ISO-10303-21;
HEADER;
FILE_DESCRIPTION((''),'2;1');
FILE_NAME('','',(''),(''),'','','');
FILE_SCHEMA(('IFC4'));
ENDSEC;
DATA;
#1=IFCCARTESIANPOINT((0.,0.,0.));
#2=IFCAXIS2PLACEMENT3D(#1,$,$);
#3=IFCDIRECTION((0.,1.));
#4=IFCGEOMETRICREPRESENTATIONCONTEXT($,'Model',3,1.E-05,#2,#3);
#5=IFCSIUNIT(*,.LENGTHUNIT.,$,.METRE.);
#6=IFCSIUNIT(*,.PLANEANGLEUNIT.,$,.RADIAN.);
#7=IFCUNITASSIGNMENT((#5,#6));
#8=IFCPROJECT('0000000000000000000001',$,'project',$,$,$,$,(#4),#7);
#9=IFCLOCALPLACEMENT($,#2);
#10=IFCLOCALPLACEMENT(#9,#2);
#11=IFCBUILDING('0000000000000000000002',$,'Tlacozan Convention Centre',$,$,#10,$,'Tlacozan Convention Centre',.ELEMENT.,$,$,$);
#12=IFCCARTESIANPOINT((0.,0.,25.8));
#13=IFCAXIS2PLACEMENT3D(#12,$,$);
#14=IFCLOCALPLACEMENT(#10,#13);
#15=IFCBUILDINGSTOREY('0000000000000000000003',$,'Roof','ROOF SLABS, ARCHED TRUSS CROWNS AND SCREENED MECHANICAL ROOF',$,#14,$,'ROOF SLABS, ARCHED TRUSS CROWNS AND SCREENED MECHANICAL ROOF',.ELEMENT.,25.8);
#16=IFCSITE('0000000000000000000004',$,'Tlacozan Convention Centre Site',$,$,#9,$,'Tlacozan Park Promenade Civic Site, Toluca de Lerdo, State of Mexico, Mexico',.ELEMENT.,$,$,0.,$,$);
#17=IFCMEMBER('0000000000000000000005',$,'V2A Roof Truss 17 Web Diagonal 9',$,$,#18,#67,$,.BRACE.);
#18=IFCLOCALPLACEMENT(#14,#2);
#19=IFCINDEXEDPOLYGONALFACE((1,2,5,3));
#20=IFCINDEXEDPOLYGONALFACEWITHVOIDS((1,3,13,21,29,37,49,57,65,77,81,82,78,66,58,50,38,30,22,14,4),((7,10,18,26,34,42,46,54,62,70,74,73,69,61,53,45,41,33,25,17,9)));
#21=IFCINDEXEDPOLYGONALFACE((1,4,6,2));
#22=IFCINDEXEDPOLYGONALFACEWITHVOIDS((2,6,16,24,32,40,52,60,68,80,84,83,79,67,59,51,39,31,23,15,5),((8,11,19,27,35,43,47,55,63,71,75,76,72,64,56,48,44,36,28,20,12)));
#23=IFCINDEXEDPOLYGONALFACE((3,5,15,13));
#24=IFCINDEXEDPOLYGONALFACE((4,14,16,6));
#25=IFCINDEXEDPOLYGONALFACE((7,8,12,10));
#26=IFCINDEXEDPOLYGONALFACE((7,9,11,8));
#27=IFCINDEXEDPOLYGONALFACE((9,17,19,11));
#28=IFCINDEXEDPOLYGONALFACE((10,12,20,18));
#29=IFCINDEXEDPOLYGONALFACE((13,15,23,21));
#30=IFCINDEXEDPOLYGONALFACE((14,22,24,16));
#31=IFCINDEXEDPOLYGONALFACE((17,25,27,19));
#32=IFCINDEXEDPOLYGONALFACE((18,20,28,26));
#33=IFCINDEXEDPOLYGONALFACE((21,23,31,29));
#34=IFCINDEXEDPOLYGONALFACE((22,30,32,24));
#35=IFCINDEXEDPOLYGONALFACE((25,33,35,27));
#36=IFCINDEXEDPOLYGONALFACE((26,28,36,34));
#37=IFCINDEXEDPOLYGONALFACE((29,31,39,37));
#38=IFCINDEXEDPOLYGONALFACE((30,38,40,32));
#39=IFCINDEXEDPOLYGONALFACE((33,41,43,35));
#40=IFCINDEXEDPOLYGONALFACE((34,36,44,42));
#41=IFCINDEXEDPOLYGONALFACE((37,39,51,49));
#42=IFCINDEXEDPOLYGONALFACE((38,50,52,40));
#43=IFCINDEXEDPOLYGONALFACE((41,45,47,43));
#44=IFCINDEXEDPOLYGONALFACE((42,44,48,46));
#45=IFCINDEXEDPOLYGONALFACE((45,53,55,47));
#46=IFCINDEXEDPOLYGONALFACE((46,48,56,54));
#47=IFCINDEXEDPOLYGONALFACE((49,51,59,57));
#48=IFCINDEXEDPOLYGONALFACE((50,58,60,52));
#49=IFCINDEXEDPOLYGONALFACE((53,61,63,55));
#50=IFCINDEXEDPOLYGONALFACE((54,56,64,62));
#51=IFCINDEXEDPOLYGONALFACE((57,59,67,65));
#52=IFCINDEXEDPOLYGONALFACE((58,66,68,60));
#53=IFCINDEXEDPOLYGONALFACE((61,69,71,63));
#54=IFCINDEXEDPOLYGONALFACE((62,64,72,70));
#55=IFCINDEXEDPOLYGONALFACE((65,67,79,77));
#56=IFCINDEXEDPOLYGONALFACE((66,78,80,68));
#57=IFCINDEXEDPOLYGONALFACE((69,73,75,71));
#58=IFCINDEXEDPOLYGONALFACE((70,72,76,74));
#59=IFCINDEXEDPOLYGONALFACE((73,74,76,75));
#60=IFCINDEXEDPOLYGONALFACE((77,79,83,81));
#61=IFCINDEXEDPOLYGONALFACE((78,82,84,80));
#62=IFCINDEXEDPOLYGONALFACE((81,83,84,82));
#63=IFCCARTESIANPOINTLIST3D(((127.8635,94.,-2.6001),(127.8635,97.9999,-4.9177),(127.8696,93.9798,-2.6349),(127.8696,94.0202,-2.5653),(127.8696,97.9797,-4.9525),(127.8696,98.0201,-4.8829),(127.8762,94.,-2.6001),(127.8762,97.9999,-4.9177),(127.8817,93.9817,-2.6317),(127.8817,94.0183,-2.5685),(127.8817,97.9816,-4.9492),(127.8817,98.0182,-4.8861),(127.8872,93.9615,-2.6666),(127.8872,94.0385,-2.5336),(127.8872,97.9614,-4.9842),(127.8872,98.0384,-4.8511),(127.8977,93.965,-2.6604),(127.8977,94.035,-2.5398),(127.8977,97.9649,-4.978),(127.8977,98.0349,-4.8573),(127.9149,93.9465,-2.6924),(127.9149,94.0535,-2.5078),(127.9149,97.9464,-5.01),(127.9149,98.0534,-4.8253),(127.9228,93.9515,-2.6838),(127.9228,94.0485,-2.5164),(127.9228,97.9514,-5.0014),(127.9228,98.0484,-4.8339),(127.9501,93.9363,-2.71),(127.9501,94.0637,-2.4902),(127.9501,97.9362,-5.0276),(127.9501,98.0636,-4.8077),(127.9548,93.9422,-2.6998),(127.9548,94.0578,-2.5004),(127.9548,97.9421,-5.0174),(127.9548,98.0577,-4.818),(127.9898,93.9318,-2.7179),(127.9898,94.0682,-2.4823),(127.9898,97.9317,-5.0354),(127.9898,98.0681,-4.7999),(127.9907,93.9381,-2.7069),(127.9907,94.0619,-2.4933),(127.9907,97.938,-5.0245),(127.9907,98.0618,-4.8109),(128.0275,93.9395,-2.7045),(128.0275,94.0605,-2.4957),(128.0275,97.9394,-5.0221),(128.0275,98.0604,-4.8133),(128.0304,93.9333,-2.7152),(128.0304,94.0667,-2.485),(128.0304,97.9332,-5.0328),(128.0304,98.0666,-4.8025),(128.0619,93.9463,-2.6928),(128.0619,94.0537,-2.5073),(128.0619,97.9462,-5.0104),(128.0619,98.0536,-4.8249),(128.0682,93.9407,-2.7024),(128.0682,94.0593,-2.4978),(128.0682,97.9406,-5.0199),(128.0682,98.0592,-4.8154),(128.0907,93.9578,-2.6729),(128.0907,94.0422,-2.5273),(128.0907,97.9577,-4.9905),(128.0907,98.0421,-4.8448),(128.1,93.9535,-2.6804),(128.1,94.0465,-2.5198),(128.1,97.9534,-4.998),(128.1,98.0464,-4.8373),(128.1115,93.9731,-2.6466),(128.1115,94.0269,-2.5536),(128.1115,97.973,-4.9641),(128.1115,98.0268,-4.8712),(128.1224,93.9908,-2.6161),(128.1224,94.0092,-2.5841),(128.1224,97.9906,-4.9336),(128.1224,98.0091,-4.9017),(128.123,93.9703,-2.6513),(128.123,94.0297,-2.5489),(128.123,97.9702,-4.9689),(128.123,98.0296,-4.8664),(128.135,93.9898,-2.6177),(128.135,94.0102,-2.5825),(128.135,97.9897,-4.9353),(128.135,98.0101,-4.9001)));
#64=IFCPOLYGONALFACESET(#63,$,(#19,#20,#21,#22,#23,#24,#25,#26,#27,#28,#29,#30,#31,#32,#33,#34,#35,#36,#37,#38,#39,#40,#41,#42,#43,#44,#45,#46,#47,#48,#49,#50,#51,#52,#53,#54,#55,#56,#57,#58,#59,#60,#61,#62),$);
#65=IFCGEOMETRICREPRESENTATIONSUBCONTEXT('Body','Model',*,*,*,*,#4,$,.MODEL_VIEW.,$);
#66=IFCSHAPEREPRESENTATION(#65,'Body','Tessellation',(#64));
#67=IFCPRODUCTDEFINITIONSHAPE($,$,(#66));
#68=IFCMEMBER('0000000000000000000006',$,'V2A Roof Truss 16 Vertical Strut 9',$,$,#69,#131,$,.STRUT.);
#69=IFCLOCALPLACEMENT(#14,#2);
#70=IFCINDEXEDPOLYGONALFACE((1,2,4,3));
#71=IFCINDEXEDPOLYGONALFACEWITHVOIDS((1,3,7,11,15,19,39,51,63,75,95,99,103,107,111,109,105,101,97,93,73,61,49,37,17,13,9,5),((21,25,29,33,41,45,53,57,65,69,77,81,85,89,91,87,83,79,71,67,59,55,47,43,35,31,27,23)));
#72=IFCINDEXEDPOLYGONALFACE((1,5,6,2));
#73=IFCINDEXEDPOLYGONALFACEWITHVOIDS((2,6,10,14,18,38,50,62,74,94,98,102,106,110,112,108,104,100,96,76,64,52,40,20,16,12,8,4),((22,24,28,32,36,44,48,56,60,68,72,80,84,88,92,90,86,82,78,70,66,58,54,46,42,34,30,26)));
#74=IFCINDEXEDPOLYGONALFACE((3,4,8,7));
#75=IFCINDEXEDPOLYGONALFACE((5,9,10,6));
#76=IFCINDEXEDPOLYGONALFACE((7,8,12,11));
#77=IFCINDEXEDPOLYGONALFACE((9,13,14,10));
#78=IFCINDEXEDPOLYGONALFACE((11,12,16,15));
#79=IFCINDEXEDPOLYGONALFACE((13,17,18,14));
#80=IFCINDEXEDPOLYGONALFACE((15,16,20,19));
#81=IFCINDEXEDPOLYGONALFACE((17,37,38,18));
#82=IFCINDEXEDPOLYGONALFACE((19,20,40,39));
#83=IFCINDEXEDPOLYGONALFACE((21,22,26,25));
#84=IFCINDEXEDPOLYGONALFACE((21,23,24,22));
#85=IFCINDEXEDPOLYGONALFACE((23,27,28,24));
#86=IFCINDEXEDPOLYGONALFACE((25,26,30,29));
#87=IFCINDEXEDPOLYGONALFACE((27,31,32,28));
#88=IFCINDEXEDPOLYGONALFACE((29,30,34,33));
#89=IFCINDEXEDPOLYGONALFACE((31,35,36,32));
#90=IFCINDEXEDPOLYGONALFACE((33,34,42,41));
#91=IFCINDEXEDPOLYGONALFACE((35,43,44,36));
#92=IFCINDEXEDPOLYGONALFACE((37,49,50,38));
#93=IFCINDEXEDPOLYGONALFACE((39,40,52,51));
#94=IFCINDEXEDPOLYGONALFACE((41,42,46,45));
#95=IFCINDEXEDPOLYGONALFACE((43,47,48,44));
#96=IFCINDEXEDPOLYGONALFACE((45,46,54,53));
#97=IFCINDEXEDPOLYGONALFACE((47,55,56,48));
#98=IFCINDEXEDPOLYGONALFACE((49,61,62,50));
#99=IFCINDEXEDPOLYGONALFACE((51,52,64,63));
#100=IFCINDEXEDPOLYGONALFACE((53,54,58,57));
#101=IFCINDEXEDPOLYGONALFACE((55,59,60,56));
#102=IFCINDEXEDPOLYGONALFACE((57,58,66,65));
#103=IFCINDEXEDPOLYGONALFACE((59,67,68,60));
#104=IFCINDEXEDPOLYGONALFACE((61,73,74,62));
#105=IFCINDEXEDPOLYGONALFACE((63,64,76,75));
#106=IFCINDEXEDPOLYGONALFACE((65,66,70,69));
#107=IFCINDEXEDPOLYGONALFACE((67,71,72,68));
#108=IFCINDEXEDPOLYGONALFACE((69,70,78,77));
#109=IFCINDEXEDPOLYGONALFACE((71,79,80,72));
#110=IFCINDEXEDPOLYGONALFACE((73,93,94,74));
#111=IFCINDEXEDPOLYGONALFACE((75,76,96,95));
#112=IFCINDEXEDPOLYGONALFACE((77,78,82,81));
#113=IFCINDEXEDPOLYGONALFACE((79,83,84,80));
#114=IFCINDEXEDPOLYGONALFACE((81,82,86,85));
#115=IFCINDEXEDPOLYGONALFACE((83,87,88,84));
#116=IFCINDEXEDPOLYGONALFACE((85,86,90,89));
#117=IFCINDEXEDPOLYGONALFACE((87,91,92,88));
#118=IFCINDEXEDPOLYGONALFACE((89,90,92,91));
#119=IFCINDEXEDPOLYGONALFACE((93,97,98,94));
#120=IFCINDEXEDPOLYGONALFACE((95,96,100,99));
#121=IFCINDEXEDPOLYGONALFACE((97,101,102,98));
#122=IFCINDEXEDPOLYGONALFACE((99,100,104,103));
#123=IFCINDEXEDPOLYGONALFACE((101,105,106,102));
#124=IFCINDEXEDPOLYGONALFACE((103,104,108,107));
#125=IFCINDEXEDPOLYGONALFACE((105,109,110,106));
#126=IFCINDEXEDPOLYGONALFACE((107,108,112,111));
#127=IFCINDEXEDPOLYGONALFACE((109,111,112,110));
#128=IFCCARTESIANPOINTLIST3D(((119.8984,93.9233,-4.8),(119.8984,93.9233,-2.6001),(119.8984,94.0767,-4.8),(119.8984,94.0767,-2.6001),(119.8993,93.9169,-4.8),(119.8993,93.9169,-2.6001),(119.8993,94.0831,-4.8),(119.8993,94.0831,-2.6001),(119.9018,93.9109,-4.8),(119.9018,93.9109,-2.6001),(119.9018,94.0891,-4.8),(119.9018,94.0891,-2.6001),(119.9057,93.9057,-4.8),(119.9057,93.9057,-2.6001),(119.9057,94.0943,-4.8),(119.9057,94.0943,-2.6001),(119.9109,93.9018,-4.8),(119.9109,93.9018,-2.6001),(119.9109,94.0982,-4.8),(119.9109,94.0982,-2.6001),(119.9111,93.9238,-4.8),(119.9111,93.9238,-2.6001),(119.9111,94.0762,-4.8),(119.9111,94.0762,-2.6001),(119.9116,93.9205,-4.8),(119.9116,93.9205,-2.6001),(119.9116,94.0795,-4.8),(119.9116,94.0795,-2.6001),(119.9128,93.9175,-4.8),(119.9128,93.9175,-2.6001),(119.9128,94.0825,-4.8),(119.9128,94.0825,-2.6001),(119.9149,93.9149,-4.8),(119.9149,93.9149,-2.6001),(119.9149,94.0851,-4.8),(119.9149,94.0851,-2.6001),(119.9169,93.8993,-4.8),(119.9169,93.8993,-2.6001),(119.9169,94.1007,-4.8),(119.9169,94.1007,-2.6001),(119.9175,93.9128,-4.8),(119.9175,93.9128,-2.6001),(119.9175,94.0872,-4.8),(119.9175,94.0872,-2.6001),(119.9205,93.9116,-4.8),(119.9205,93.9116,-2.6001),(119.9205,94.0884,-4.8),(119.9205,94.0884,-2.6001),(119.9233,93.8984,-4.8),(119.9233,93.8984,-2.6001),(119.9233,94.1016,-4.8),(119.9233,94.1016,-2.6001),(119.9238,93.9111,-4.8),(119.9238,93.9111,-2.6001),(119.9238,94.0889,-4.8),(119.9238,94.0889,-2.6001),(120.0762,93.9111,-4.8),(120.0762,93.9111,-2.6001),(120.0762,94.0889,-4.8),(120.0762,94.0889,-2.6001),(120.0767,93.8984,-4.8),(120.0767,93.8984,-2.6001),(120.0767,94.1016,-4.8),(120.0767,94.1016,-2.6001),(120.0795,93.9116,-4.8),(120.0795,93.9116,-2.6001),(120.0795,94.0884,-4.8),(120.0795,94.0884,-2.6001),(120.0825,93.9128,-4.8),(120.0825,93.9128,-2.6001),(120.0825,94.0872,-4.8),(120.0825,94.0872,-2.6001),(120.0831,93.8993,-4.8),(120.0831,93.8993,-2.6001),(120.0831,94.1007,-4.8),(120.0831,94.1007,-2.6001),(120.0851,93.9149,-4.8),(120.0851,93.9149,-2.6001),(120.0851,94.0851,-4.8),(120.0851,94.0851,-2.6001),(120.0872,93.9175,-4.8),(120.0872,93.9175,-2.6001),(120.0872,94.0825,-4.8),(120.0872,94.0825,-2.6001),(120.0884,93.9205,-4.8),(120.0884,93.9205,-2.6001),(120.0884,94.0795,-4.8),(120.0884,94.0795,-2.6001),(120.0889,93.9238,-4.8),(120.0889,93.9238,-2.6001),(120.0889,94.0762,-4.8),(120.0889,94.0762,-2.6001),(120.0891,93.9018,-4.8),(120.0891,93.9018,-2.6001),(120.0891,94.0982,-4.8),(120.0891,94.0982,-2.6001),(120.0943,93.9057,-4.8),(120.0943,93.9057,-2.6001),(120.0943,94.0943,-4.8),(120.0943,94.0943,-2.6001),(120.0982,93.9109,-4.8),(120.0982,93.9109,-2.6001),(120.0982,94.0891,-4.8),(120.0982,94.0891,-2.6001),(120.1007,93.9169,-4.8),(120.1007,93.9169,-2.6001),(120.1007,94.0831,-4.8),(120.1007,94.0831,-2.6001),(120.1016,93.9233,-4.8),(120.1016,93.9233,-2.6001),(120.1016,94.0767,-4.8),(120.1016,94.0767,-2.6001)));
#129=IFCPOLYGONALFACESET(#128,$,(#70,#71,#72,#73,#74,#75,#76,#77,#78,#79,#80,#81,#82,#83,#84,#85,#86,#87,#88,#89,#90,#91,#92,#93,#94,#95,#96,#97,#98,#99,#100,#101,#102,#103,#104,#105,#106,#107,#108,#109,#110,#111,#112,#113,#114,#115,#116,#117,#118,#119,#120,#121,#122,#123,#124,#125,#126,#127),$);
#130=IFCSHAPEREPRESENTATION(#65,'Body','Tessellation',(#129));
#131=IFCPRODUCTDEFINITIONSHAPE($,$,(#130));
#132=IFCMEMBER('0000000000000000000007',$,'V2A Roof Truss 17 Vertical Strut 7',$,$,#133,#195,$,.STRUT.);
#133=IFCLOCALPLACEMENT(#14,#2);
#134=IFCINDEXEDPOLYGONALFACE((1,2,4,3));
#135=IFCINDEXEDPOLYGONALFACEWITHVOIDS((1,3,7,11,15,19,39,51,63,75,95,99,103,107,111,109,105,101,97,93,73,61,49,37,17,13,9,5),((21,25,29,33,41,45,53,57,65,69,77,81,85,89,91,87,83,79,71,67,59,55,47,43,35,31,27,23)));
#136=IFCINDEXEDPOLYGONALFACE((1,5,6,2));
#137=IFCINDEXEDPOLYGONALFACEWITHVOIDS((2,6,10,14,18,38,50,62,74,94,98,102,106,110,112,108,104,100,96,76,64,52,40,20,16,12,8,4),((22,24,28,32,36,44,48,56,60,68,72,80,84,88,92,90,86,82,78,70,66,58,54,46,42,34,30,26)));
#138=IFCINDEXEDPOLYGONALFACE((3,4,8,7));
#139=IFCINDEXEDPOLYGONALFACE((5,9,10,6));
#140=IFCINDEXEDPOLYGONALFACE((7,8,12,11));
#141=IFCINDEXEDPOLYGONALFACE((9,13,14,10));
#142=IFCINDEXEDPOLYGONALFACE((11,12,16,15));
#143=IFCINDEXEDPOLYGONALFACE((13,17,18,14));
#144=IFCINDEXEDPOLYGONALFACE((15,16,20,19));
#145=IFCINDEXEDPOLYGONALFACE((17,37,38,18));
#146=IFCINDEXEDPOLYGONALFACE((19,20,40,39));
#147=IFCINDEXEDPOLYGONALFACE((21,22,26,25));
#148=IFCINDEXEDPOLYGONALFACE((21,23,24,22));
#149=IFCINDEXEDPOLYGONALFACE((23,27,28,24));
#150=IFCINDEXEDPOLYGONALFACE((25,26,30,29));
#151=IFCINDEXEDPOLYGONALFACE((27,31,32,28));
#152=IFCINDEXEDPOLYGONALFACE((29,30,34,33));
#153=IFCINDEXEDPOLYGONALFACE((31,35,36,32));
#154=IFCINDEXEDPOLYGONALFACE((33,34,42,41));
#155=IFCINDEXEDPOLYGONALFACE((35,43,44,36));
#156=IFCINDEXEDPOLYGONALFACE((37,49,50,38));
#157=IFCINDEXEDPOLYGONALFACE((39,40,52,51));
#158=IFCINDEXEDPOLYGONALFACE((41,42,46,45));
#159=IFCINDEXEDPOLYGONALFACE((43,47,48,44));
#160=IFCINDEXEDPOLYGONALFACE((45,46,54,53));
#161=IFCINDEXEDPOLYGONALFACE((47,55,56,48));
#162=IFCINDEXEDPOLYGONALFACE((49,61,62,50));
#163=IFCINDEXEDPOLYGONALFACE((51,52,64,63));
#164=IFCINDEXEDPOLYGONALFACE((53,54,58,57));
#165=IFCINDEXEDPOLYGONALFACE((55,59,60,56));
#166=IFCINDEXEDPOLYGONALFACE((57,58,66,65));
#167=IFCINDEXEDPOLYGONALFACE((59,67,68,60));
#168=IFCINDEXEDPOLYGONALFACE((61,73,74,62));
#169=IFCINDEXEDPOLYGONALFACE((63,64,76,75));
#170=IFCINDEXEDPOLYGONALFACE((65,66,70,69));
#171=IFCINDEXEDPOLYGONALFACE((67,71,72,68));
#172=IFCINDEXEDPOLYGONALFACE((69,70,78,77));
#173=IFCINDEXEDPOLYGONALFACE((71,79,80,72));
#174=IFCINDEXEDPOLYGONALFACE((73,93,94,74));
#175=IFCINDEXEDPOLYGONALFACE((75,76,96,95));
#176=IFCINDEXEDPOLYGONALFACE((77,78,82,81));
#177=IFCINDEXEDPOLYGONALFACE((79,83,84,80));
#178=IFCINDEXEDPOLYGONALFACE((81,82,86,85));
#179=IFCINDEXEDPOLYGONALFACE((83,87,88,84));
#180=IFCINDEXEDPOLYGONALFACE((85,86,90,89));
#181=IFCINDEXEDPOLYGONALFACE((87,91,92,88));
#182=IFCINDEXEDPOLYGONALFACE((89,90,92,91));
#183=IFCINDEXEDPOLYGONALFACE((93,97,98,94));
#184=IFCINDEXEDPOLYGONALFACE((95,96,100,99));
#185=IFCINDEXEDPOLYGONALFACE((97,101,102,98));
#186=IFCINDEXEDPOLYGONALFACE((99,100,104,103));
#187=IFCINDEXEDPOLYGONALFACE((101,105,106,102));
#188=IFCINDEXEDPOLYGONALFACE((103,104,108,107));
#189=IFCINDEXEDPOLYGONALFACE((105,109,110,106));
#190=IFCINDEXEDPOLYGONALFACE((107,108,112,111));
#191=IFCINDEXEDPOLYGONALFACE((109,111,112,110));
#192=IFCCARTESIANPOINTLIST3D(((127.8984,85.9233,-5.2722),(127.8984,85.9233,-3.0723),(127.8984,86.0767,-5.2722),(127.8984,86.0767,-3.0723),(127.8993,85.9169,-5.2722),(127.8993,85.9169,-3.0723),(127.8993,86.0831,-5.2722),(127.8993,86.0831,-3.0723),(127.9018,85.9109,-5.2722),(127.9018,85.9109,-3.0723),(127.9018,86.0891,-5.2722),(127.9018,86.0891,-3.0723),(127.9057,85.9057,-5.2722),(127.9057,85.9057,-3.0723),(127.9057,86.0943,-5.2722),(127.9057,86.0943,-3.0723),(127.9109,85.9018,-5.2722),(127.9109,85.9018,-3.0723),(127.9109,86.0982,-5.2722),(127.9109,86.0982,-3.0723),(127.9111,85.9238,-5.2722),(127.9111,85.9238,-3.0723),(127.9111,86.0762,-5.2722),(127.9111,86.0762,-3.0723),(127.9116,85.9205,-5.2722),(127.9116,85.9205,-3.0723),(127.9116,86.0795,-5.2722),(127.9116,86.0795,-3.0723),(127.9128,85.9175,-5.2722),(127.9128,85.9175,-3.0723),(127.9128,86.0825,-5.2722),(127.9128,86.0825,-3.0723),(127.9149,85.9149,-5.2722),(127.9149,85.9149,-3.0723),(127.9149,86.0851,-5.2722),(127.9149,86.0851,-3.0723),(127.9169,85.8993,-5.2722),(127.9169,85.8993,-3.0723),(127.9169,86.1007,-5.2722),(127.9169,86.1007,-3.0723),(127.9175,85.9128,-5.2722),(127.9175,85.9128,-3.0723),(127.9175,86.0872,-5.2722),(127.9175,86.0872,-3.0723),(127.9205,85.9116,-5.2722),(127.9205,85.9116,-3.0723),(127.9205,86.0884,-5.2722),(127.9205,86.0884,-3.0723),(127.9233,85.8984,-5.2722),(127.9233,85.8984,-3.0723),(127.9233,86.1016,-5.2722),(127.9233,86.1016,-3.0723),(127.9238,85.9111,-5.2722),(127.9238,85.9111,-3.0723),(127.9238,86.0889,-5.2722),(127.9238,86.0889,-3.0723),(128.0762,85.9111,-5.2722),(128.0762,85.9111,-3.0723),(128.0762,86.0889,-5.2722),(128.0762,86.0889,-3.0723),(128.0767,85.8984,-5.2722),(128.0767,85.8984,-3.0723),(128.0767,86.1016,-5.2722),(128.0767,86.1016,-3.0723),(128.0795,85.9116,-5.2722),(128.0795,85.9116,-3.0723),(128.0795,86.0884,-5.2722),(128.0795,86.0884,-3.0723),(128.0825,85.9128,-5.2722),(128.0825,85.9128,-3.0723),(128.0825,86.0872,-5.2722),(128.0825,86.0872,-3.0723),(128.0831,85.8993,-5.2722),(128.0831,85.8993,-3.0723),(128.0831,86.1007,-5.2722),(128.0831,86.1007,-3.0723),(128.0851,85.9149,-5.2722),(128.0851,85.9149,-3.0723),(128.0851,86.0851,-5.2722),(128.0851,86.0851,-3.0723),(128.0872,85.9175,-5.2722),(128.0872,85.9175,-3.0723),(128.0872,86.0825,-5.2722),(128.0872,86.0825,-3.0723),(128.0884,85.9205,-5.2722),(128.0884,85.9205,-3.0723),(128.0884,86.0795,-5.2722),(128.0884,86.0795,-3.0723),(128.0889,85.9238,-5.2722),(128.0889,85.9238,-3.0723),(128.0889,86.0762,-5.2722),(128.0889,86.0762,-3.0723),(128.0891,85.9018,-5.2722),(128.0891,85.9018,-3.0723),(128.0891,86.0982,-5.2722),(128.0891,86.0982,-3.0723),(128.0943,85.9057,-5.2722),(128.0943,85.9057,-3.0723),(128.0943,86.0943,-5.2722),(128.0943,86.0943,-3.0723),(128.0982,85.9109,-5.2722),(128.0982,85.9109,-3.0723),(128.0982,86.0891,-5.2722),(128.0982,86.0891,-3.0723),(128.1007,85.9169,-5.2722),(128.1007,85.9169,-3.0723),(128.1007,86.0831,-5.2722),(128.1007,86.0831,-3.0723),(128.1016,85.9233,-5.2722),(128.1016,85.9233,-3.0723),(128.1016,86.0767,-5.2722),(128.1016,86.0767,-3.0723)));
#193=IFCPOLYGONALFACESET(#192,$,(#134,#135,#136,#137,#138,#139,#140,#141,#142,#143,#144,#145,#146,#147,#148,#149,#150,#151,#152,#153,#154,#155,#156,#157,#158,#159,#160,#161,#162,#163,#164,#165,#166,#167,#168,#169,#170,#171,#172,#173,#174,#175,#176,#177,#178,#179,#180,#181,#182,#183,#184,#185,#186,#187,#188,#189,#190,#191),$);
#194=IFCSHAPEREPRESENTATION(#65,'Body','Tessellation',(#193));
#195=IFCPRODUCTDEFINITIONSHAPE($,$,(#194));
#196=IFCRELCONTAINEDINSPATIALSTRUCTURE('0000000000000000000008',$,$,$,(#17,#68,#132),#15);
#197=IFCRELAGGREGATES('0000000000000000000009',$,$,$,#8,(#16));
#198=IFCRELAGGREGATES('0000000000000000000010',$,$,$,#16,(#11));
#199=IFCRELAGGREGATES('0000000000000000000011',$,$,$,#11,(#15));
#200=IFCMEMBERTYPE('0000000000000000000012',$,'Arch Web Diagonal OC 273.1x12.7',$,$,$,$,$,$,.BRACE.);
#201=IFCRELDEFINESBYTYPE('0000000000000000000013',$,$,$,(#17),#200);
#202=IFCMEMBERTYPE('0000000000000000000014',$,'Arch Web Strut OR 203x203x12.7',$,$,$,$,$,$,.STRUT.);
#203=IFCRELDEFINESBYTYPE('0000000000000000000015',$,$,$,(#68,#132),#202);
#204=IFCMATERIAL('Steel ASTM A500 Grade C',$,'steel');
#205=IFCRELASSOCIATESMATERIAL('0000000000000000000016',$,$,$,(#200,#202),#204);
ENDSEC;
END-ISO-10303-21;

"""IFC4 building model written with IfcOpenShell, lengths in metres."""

from ifc_helpers import new_model, si_unit, direction, frame, origin, origin_2d, place, context, subcontext, project, spatial, hollow_rectangle, hollow_circle, extrude, material, material_profile, profile_set, type_object, element, save


model = new_model("IFC4")

# Units and contexts
model_context = context("Model", 3, precision=1e-05, world=origin(), true_north=direction((0.0, 1.0)))
body_context = subcontext(model_context, "Body", "Model", "MODEL_VIEW")
ifc_project = project(units=[si_unit("LENGTHUNIT", "METRE"), si_unit("PLANEANGLEUNIT", "RADIAN")], contexts=[model_context])

# Site, building, storey
site_placement = place(None, origin())
site = spatial("IfcSite", under=ifc_project, at=site_placement, Name="Tlacozan Convention Centre Site", LongName="Tlacozan Park Promenade Civic Site, Toluca de Lerdo, State of Mexico, Mexico", CompositionType="ELEMENT", RefElevation=0.0)
building_placement = place(site_placement, origin())
building = spatial("IfcBuilding", under=site, at=building_placement, Name="Tlacozan Convention Centre", LongName="Tlacozan Convention Centre", CompositionType="ELEMENT")
storey_placement = place(building_placement, frame((0.0, 0.0, 25.8)))
storey = spatial("IfcBuildingStorey", under=building, at=storey_placement, Name="Roof", Description="ROOF SLABS, ARCHED TRUSS CROWNS AND SCREENED MECHANICAL ROOF", LongName="ROOF SLABS, ARCHED TRUSS CROWNS AND SCREENED MECHANICAL ROOF", CompositionType="ELEMENT", Elevation=25.8)

# Members
ifc_material_1 = material(Name="Steel ASTM A500 Grade C", Category="steel")
ifc_material_profile_1 = material_profile(ifc_material_1, hollow_circle(Radius=0.1365, WallThickness=0.0127, at=origin_2d()), Name="OC 273.1x12.7")
ifc_profile_set_1 = profile_set([ifc_material_profile_1], Name="Steel ASTM A500 Grade C")
member_type_1 = type_object("IfcMemberType", Name="Arch Web Diagonal OC 273.1x12.7", PredefinedType="BRACE", material=ifc_profile_set_1)
for number, where, z_axis, x_axis, name in (
    (1, (128.0, 94.0, -2.6001), (0.0, 0.865254, -0.501334), (-1.0, 0.0, 0.0), "V2A Roof Truss 17 Web Diagonal 9"),
):
    element("IfcMember", number, at=place(storey_placement, frame(where, z_axis=z_axis, x_axis=x_axis)), inside=storey, type_object=member_type_1, Name=name, PredefinedType="BRACE", context=body_context, shape_type="SweptSolid", body=[
        extrude(hollow_circle(Radius=0.1365, WallThickness=0.0127, at=origin_2d()), origin(), (0.0, 0.0, 1.0), 4.6228),
    ])
ifc_material_profile_2 = material_profile(ifc_material_1, hollow_rectangle(XDim=0.2031, YDim=0.2031, WallThickness=0.0127, InnerFilletRadius=0.0127, OuterFilletRadius=0.0249, at=origin_2d()), Name="OR 203x203x12.7")
ifc_profile_set_2 = profile_set([ifc_material_profile_2], Name="Steel ASTM A500 Grade C")
member_type_2 = type_object("IfcMemberType", Name="Arch Web Strut OR 203x203x12.7", PredefinedType="STRUT", material=ifc_profile_set_2)
for number, where, z_axis, x_axis, name in (
    (2, (120.0, 94.0, -4.8), (0.0, 0.0, 1.0), (1.0, 0.0, 0.0), "V2A Roof Truss 16 Vertical Strut 9"),
    (3, (128.0, 86.0, -5.2722), (0.0, 0.0, 1.0), (1.0, 0.0, 0.0), "V2A Roof Truss 17 Vertical Strut 7"),
):
    element("IfcMember", number, at=place(storey_placement, frame(where, z_axis=z_axis, x_axis=x_axis)), inside=storey, type_object=member_type_2, Name=name, PredefinedType="STRUT", context=body_context, shape_type="SweptSolid", body=[
        extrude(hollow_rectangle(XDim=0.2031, YDim=0.2031, WallThickness=0.0127, InnerFilletRadius=0.0127, OuterFilletRadius=0.0249, at=origin_2d()), origin(), (0.0, 0.0, 1.0), 2.2),
    ])

save(model, "model.ifc")
